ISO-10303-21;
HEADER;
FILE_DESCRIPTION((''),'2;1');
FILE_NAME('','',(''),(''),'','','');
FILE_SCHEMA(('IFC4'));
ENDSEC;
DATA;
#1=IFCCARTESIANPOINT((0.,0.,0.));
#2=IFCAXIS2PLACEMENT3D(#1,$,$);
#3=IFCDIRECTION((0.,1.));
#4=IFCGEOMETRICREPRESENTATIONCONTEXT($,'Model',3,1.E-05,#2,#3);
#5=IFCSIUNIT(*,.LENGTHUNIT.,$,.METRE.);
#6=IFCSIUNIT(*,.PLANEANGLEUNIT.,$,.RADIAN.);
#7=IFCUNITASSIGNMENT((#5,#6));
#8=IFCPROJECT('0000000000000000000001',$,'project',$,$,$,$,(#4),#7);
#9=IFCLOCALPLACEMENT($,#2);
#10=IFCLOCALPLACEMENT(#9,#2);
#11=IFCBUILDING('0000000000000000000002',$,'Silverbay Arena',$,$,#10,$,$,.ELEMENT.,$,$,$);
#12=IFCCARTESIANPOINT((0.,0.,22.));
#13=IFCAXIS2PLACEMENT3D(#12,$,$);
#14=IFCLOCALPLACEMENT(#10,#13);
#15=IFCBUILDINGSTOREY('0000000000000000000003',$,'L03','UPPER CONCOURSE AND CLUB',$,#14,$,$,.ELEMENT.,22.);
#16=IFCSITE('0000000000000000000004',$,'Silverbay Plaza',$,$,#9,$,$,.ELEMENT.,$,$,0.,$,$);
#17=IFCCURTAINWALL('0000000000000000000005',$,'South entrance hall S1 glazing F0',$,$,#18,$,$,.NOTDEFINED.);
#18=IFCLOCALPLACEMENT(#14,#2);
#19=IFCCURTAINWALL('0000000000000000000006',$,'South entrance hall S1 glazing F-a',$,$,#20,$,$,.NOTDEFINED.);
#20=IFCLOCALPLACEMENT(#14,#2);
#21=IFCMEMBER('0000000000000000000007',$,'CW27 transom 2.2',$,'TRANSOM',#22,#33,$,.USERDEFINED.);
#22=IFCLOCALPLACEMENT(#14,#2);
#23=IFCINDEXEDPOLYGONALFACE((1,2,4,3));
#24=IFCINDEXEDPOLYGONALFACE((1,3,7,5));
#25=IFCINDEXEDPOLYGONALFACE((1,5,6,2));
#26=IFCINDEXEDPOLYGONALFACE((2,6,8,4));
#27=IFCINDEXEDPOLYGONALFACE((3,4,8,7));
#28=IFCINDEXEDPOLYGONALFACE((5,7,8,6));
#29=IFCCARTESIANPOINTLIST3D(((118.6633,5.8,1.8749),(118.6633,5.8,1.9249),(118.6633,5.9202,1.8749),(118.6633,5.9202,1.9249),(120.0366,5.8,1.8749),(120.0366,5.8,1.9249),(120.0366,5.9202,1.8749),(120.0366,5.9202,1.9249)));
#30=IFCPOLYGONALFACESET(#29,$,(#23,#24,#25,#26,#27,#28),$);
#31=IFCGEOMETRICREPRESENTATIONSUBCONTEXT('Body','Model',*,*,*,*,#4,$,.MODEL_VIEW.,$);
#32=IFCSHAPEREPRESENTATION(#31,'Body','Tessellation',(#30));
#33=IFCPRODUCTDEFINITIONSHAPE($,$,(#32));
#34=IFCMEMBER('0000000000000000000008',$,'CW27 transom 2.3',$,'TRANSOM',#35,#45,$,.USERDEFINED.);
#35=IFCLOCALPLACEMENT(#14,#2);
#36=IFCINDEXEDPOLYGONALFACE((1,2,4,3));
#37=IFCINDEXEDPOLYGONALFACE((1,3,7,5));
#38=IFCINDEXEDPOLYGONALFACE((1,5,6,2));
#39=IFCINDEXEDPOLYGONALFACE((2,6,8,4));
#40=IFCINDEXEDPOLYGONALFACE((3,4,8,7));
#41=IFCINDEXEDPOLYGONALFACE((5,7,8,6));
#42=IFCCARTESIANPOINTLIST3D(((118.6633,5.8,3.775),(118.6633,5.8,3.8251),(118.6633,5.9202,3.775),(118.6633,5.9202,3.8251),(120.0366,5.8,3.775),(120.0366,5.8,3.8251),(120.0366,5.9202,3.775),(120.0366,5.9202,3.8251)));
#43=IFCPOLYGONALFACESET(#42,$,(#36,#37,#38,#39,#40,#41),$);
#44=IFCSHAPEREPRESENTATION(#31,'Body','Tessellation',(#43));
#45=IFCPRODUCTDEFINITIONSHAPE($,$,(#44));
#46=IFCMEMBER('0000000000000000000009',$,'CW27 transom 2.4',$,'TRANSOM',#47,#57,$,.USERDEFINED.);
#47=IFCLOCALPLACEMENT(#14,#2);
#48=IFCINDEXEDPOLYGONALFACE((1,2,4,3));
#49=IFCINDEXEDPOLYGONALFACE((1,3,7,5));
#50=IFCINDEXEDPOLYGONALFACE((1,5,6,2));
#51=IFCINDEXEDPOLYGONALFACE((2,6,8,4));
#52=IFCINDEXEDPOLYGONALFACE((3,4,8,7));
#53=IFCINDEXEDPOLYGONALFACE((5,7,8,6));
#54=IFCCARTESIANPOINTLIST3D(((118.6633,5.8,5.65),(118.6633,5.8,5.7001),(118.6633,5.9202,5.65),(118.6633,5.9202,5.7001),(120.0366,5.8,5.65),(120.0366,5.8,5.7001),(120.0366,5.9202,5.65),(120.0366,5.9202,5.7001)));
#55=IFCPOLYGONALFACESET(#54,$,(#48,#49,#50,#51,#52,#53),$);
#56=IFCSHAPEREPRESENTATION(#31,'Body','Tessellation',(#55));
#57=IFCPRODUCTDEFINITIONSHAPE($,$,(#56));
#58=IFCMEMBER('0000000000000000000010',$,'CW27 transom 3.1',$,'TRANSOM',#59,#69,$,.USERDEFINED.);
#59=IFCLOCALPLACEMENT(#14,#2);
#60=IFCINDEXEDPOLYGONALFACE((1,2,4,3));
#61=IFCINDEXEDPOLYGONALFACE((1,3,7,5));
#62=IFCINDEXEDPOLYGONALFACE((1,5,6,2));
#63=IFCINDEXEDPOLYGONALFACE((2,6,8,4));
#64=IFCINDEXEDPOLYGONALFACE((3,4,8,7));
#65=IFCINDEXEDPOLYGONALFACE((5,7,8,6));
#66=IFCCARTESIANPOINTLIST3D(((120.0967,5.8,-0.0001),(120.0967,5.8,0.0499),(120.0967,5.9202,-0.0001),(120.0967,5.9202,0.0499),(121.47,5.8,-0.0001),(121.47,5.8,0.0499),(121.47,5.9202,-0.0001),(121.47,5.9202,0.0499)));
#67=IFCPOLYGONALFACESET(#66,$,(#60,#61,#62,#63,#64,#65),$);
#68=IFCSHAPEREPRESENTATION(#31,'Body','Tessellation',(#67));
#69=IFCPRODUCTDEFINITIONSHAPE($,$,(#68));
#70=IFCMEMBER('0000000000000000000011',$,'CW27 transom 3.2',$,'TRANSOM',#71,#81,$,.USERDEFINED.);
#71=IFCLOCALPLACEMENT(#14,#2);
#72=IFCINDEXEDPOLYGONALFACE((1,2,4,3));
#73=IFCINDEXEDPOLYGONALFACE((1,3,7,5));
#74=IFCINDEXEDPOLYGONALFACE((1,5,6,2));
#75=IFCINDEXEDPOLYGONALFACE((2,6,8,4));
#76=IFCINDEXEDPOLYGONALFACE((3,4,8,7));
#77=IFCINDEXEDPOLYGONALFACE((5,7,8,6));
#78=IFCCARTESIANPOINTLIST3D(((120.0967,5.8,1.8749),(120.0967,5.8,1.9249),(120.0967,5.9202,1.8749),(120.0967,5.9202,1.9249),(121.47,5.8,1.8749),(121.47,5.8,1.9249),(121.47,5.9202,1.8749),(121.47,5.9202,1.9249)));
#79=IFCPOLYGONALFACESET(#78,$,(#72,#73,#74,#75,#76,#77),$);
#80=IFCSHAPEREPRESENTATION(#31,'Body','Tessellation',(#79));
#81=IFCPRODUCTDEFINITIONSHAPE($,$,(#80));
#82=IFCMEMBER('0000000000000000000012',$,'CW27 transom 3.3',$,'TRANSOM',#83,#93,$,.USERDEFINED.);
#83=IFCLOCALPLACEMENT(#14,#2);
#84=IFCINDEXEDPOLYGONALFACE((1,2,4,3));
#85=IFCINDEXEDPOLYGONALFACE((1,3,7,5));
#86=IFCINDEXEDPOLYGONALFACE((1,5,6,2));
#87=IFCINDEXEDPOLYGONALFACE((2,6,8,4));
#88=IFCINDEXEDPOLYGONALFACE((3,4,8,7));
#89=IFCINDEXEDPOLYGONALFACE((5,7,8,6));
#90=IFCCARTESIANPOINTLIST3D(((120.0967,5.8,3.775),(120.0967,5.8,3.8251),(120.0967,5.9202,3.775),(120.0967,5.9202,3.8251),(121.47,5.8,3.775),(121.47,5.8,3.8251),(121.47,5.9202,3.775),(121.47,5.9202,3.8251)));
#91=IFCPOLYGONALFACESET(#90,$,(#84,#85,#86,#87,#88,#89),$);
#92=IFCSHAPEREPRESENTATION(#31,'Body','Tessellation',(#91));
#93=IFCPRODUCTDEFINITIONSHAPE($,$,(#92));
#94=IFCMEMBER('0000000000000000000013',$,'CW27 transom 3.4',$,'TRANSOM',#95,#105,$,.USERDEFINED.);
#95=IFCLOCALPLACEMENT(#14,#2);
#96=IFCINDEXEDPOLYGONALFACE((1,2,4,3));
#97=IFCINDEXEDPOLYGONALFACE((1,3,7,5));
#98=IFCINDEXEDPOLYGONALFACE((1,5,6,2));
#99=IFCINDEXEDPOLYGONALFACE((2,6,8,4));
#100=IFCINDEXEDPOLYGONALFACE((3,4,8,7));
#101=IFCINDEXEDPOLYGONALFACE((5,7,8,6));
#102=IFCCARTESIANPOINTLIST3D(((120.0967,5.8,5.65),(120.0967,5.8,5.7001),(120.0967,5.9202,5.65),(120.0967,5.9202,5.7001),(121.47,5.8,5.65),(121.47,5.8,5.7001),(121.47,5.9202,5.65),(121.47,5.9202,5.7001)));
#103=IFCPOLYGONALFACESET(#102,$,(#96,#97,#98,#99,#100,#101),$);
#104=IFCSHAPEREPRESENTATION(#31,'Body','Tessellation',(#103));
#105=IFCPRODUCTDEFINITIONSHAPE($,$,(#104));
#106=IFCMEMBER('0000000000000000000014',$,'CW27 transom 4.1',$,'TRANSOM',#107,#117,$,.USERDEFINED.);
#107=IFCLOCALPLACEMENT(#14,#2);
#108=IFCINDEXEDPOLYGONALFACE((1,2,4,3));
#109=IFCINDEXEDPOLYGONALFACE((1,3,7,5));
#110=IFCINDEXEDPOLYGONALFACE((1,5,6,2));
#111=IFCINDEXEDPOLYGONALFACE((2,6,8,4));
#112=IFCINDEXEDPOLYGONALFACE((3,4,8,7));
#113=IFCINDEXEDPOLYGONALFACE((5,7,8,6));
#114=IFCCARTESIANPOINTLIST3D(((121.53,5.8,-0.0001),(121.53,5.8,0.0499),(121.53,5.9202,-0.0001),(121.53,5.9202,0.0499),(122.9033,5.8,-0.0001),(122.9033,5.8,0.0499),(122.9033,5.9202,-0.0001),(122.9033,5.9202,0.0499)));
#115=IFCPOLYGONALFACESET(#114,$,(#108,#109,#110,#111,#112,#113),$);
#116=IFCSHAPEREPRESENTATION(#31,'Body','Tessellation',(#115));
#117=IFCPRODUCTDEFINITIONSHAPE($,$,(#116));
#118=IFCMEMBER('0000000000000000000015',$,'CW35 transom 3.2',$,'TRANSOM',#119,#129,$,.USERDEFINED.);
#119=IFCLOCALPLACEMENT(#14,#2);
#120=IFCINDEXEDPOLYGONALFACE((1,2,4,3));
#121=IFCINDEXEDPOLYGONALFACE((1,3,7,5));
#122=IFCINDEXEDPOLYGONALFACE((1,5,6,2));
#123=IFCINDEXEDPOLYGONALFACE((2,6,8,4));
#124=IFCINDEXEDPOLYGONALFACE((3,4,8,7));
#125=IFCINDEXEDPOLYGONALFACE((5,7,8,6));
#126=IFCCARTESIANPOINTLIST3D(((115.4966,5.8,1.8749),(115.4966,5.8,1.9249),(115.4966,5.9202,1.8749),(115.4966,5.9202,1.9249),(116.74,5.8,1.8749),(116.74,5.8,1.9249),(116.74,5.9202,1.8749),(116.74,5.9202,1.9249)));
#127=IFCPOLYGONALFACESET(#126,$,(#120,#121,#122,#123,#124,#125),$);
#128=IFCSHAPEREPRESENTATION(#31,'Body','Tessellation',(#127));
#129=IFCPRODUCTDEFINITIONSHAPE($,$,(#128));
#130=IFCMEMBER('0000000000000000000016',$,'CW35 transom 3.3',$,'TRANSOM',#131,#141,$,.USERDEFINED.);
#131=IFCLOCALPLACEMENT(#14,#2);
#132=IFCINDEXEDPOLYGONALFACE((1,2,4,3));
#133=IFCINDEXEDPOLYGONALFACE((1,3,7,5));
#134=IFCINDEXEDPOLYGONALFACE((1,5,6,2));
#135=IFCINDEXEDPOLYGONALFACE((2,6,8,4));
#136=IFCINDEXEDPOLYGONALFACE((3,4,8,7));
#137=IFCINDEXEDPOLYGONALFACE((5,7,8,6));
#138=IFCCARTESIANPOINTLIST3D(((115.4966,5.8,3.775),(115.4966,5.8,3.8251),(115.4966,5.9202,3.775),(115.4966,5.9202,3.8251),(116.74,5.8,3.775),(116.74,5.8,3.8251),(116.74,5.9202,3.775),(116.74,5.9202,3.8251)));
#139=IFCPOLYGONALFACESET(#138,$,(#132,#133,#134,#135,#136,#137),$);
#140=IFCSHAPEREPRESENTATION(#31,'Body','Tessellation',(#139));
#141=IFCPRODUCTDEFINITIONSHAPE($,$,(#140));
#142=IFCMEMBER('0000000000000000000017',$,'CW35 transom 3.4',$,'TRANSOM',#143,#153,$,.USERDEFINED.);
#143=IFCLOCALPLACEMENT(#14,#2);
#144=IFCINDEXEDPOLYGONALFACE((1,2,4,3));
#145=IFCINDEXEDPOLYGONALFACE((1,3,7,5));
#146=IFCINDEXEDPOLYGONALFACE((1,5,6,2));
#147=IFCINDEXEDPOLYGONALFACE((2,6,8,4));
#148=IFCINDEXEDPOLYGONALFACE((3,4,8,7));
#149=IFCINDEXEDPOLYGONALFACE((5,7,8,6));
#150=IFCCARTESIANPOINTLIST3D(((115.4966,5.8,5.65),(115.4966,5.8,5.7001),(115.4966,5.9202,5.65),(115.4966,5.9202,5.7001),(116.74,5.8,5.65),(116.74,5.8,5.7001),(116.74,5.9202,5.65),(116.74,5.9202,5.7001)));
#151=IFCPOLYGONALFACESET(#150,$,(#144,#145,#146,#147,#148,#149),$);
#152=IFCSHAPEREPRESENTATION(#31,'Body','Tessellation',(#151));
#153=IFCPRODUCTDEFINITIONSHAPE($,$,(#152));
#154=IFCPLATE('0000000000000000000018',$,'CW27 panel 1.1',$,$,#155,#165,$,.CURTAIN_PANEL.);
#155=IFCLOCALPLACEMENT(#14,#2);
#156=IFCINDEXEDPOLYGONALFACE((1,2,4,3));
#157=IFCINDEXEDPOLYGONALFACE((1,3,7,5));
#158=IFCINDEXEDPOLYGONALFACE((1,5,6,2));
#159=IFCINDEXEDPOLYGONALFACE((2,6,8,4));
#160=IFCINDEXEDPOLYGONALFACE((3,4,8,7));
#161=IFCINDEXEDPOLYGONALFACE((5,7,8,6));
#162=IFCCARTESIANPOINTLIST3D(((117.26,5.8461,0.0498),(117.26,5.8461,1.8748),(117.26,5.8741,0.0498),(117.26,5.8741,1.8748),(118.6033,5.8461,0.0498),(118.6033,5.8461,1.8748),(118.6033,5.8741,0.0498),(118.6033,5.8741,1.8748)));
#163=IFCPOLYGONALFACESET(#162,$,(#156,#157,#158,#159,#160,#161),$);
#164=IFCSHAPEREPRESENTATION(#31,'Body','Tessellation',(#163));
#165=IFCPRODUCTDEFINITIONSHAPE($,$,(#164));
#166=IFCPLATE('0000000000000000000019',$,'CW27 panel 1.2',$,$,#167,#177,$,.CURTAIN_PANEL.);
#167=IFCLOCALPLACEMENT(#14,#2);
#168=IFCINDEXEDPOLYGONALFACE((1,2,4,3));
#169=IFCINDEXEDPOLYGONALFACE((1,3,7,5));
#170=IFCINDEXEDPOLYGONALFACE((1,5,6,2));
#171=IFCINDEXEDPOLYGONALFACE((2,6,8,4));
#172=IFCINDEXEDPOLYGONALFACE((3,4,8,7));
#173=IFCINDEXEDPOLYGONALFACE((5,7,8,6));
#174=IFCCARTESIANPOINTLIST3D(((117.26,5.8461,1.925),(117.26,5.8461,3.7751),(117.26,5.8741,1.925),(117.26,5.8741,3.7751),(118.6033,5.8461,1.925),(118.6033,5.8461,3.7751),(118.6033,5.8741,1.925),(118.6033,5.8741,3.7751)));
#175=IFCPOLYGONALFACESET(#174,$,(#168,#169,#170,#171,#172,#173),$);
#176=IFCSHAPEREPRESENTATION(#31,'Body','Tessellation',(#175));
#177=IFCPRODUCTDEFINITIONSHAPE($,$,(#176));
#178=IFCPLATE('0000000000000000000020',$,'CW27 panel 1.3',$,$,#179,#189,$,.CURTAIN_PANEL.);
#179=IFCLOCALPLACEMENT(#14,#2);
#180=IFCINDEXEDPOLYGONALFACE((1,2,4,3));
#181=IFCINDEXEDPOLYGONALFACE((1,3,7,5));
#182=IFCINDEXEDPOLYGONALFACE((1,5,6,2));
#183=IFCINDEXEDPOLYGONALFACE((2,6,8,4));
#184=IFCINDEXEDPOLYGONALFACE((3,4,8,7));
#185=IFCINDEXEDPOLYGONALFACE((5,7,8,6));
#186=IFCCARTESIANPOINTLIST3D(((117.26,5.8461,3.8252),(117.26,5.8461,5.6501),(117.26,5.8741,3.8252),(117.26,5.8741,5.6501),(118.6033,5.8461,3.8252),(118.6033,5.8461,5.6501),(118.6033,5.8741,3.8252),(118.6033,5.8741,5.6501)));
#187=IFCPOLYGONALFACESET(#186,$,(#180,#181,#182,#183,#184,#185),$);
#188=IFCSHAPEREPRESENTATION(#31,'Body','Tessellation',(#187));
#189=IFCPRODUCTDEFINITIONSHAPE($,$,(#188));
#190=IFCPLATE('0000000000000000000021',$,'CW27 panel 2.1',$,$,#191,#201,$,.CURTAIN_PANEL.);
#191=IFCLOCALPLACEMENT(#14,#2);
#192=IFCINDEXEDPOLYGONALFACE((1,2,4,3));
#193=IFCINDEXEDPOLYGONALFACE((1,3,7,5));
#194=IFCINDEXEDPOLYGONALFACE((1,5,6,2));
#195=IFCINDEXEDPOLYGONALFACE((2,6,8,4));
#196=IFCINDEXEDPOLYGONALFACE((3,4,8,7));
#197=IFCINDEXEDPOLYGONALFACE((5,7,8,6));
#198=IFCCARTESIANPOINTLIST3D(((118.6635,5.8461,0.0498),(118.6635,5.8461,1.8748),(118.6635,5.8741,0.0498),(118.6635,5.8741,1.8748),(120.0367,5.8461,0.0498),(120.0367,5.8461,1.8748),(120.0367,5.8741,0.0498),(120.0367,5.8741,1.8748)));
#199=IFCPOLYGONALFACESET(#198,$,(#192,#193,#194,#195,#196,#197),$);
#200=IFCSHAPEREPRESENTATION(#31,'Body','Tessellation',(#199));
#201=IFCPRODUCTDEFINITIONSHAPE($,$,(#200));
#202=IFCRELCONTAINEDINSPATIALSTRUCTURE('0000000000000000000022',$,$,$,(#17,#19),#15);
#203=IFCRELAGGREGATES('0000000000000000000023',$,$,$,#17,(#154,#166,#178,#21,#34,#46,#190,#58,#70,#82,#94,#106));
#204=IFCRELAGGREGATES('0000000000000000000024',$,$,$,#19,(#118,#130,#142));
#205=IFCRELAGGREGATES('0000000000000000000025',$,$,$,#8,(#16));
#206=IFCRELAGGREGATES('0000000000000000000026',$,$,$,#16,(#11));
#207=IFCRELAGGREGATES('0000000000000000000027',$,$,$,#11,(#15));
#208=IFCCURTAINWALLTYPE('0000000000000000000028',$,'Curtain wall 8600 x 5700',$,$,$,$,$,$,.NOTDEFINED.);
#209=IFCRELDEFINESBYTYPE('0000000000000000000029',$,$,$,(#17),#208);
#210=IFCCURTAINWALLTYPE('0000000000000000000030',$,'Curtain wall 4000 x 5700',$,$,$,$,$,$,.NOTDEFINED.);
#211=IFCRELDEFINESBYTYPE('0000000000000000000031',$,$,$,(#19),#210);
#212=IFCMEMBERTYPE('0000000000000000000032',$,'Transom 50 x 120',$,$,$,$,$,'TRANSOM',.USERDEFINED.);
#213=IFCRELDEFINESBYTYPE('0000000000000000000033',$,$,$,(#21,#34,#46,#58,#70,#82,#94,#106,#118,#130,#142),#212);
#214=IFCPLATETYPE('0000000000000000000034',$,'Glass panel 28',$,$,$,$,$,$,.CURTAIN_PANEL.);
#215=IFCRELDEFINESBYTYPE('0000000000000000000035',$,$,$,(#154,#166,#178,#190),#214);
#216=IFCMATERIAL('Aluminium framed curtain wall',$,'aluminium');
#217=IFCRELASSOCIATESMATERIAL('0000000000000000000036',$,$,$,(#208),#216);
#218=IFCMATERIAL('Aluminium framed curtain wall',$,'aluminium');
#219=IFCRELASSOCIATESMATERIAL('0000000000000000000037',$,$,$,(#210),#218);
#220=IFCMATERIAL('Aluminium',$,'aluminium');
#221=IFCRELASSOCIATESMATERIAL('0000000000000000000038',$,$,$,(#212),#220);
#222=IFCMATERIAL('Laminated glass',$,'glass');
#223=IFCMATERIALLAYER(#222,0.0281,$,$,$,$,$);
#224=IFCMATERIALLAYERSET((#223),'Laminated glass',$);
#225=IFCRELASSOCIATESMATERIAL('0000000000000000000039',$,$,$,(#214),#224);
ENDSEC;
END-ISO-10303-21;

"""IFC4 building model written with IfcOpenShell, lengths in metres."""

from ifc_helpers import new_model, si_unit, direction, frame, origin, origin_2d, place, context, subcontext, project, spatial, rectangle, extrude, material, layer, layer_set, material_profile, profile_set, type_object, element, aggregate, save


model = new_model("IFC4")

# Units and contexts
model_context = context("Model", 3, precision=1e-05, world=origin(), true_north=direction((0.0, 1.0)))
body_context = subcontext(model_context, "Body", "Model", "MODEL_VIEW")
ifc_project = project(units=[si_unit("LENGTHUNIT", "METRE"), si_unit("PLANEANGLEUNIT", "RADIAN")], contexts=[model_context])

# Site, building, storey
site_placement = place(None, origin())
site = spatial("IfcSite", under=ifc_project, at=site_placement, Name="Silverbay Plaza", CompositionType="ELEMENT", RefElevation=0.0)
building_placement = place(site_placement, origin())
building = spatial("IfcBuilding", under=site, at=building_placement, Name="Silverbay Arena", CompositionType="ELEMENT")
storey_placement = place(building_placement, frame((0.0, 0.0, 22.0)))
storey = spatial("IfcBuildingStorey", under=building, at=storey_placement, Name="L03", Description="UPPER CONCOURSE AND CLUB", CompositionType="ELEMENT", Elevation=22.0)

# Curtain wall
ifc_material_1 = material(Name="Aluminium framed curtain wall", Category="aluminium")
curtain_wall_type_1 = type_object("IfcCurtainWallType", Name="Curtain wall 8600 x 5700", PredefinedType="NOTDEFINED", material=ifc_material_1)
curtain_wall_1_placement = place(storey_placement, origin())
curtain_wall_1 = element("IfcCurtainWall", 1, at=curtain_wall_1_placement, inside=storey, type_object=curtain_wall_type_1, Name="South entrance hall S1 glazing F0", PredefinedType="NOTDEFINED")

# Curtain wall
ifc_material_2 = material(Name="Aluminium framed curtain wall", Category="aluminium")
curtain_wall_type_2 = type_object("IfcCurtainWallType", Name="Curtain wall 4000 x 5700", PredefinedType="NOTDEFINED", material=ifc_material_2)
curtain_wall_2_placement = place(storey_placement, origin())
curtain_wall_2 = element("IfcCurtainWall", 2, at=curtain_wall_2_placement, inside=storey, type_object=curtain_wall_type_2, Name="South entrance hall S1 glazing F-a", PredefinedType="NOTDEFINED")

# Members
ifc_material_3 = material(Name="Aluminium", Category="aluminium")
ifc_material_profile_1 = material_profile(ifc_material_3, rectangle(XDim=0.1201, YDim=0.05, at=origin_2d()), Name="Transom 50 x 120")
ifc_profile_set_1 = profile_set([ifc_material_profile_1], Name="Aluminium")
member_type_1 = type_object("IfcMemberType", Name="Transom 50 x 120", ElementType="TRANSOM", PredefinedType="USERDEFINED", material=ifc_profile_set_1)
member_1_placement = place(storey_placement, frame((118.6633, 5.8601, 1.8999), z_axis=(1.0, 0.0, 0.0), x_axis=(0.0, 1.0, 0.0)))
member_1 = element("IfcMember", 3, at=member_1_placement, type_object=member_type_1, Name="CW27 transom 2.2", ObjectType="TRANSOM", PredefinedType="USERDEFINED", context=body_context, shape_type="SweptSolid", body=[
    extrude(rectangle(XDim=0.1201, YDim=0.05, at=origin_2d()), origin(), (0.0, 0.0, 1.0), 1.3733),
])
member_2_placement = place(storey_placement, frame((118.6633, 5.8601, 3.8), z_axis=(1.0, 0.0, 0.0), x_axis=(0.0, 1.0, 0.0)))
member_2 = element("IfcMember", 4, at=member_2_placement, type_object=member_type_1, Name="CW27 transom 2.3", ObjectType="TRANSOM", PredefinedType="USERDEFINED", context=body_context, shape_type="SweptSolid", body=[
    extrude(rectangle(XDim=0.1201, YDim=0.05, at=origin_2d()), origin(), (0.0, 0.0, 1.0), 1.3733),
])
member_3_placement = place(storey_placement, frame((118.6633, 5.8601, 5.675), z_axis=(1.0, 0.0, 0.0), x_axis=(0.0, 1.0, 0.0)))
member_3 = element("IfcMember", 5, at=member_3_placement, type_object=member_type_1, Name="CW27 transom 2.4", ObjectType="TRANSOM", PredefinedType="USERDEFINED", context=body_context, shape_type="SweptSolid", body=[
    extrude(rectangle(XDim=0.1201, YDim=0.05, at=origin_2d()), origin(), (0.0, 0.0, 1.0), 1.3733),
])
member_4_placement = place(storey_placement, frame((120.0967, 5.8601, 0.0249), z_axis=(1.0, 0.0, 0.0), x_axis=(0.0, 1.0, 0.0)))
member_4 = element("IfcMember", 6, at=member_4_placement, type_object=member_type_1, Name="CW27 transom 3.1", ObjectType="TRANSOM", PredefinedType="USERDEFINED", context=body_context, shape_type="SweptSolid", body=[
    extrude(rectangle(XDim=0.1201, YDim=0.05, at=origin_2d()), origin(), (0.0, 0.0, 1.0), 1.3733),
])
member_5_placement = place(storey_placement, frame((120.0967, 5.8601, 1.8999), z_axis=(1.0, 0.0, 0.0), x_axis=(0.0, 1.0, 0.0)))
member_5 = element("IfcMember", 7, at=member_5_placement, type_object=member_type_1, Name="CW27 transom 3.2", ObjectType="TRANSOM", PredefinedType="USERDEFINED", context=body_context, shape_type="SweptSolid", body=[
    extrude(rectangle(XDim=0.1201, YDim=0.05, at=origin_2d()), origin(), (0.0, 0.0, 1.0), 1.3733),
])
member_6_placement = place(storey_placement, frame((120.0967, 5.8601, 3.8), z_axis=(1.0, 0.0, 0.0), x_axis=(0.0, 1.0, 0.0)))
member_6 = element("IfcMember", 8, at=member_6_placement, type_object=member_type_1, Name="CW27 transom 3.3", ObjectType="TRANSOM", PredefinedType="USERDEFINED", context=body_context, shape_type="SweptSolid", body=[
    extrude(rectangle(XDim=0.1201, YDim=0.05, at=origin_2d()), origin(), (0.0, 0.0, 1.0), 1.3733),
])
member_7_placement = place(storey_placement, frame((120.0967, 5.8601, 5.675), z_axis=(1.0, 0.0, 0.0), x_axis=(0.0, 1.0, 0.0)))
member_7 = element("IfcMember", 9, at=member_7_placement, type_object=member_type_1, Name="CW27 transom 3.4", ObjectType="TRANSOM", PredefinedType="USERDEFINED", context=body_context, shape_type="SweptSolid", body=[
    extrude(rectangle(XDim=0.1201, YDim=0.05, at=origin_2d()), origin(), (0.0, 0.0, 1.0), 1.3733),
])
member_8_placement = place(storey_placement, frame((121.53, 5.8601, 0.0249), z_axis=(1.0, 0.0, 0.0), x_axis=(0.0, 1.0, 0.0)))
member_8 = element("IfcMember", 10, at=member_8_placement, type_object=member_type_1, Name="CW27 transom 4.1", ObjectType="TRANSOM", PredefinedType="USERDEFINED", context=body_context, shape_type="SweptSolid", body=[
    extrude(rectangle(XDim=0.1201, YDim=0.05, at=origin_2d()), origin(), (0.0, 0.0, 1.0), 1.3733),
])
member_9_placement = place(storey_placement, frame((115.4966, 5.8601, 1.8999), z_axis=(1.0, 0.0, 0.0), x_axis=(0.0, 1.0, 0.0)))
member_9 = element("IfcMember", 11, at=member_9_placement, type_object=member_type_1, Name="CW35 transom 3.2", ObjectType="TRANSOM", PredefinedType="USERDEFINED", context=body_context, shape_type="SweptSolid", body=[
    extrude(rectangle(XDim=0.1201, YDim=0.05, at=origin_2d()), origin(), (0.0, 0.0, 1.0), 1.2434),
])
member_10_placement = place(storey_placement, frame((115.4966, 5.8601, 3.8), z_axis=(1.0, 0.0, 0.0), x_axis=(0.0, 1.0, 0.0)))
member_10 = element("IfcMember", 12, at=member_10_placement, type_object=member_type_1, Name="CW35 transom 3.3", ObjectType="TRANSOM", PredefinedType="USERDEFINED", context=body_context, shape_type="SweptSolid", body=[
    extrude(rectangle(XDim=0.1201, YDim=0.05, at=origin_2d()), origin(), (0.0, 0.0, 1.0), 1.2434),
])
member_11_placement = place(storey_placement, frame((115.4966, 5.8601, 5.675), z_axis=(1.0, 0.0, 0.0), x_axis=(0.0, 1.0, 0.0)))
member_11 = element("IfcMember", 13, at=member_11_placement, type_object=member_type_1, Name="CW35 transom 3.4", ObjectType="TRANSOM", PredefinedType="USERDEFINED", context=body_context, shape_type="SweptSolid", body=[
    extrude(rectangle(XDim=0.1201, YDim=0.05, at=origin_2d()), origin(), (0.0, 0.0, 1.0), 1.2434),
])

# Plates
ifc_material_4 = material(Name="Laminated glass", Category="glass")
ifc_layer = layer(ifc_material_4, 0.0281)
ifc_layer_set = layer_set([ifc_layer], Name="Laminated glass")
plate_type = type_object("IfcPlateType", Name="Glass panel 28", PredefinedType="CURTAIN_PANEL", material=ifc_layer_set)
plate_1_placement = place(storey_placement, frame((117.9316, 5.8601, 0.0498), z_axis=(0.0, 0.0, 1.0), x_axis=(1.0, 0.0, 0.0)))
plate_1 = element("IfcPlate", 14, at=plate_1_placement, type_object=plate_type, Name="CW27 panel 1.1", PredefinedType="CURTAIN_PANEL", context=body_context, shape_type="SweptSolid", body=[
    extrude(rectangle(XDim=1.3433, YDim=0.0281, at=origin_2d()), origin(), (0.0, 0.0, 1.0), 1.825),
])
plate_2_placement = place(storey_placement, frame((117.9316, 5.8601, 1.925), z_axis=(0.0, 0.0, 1.0), x_axis=(1.0, 0.0, 0.0)))
plate_2 = element("IfcPlate", 15, at=plate_2_placement, type_object=plate_type, Name="CW27 panel 1.2", PredefinedType="CURTAIN_PANEL", context=body_context, shape_type="SweptSolid", body=[
    extrude(rectangle(XDim=1.3433, YDim=0.0281, at=origin_2d()), origin(), (0.0, 0.0, 1.0), 1.8501),
])
plate_3_placement = place(storey_placement, frame((117.9316, 5.8601, 3.8252), z_axis=(0.0, 0.0, 1.0), x_axis=(1.0, 0.0, 0.0)))
plate_3 = element("IfcPlate", 16, at=plate_3_placement, type_object=plate_type, Name="CW27 panel 1.3", PredefinedType="CURTAIN_PANEL", context=body_context, shape_type="SweptSolid", body=[
    extrude(rectangle(XDim=1.3433, YDim=0.0281, at=origin_2d()), origin(), (0.0, 0.0, 1.0), 1.825),
])
plate_4_placement = place(storey_placement, frame((119.3501, 5.8601, 0.0498), z_axis=(0.0, 0.0, 1.0), x_axis=(1.0, 0.0, 0.0)))
plate_4 = element("IfcPlate", 17, at=plate_4_placement, type_object=plate_type, Name="CW27 panel 2.1", PredefinedType="CURTAIN_PANEL", context=body_context, shape_type="SweptSolid", body=[
    extrude(rectangle(XDim=1.3733, YDim=0.0281, at=origin_2d()), origin(), (0.0, 0.0, 1.0), 1.825),
])
aggregate(curtain_wall_1, [plate_1, plate_2, plate_3, member_1, member_2, member_3, plate_4, member_4, member_5, member_6, member_7, member_8])
aggregate(curtain_wall_2, [member_9, member_10, member_11])

save(model, "model.ifc")
